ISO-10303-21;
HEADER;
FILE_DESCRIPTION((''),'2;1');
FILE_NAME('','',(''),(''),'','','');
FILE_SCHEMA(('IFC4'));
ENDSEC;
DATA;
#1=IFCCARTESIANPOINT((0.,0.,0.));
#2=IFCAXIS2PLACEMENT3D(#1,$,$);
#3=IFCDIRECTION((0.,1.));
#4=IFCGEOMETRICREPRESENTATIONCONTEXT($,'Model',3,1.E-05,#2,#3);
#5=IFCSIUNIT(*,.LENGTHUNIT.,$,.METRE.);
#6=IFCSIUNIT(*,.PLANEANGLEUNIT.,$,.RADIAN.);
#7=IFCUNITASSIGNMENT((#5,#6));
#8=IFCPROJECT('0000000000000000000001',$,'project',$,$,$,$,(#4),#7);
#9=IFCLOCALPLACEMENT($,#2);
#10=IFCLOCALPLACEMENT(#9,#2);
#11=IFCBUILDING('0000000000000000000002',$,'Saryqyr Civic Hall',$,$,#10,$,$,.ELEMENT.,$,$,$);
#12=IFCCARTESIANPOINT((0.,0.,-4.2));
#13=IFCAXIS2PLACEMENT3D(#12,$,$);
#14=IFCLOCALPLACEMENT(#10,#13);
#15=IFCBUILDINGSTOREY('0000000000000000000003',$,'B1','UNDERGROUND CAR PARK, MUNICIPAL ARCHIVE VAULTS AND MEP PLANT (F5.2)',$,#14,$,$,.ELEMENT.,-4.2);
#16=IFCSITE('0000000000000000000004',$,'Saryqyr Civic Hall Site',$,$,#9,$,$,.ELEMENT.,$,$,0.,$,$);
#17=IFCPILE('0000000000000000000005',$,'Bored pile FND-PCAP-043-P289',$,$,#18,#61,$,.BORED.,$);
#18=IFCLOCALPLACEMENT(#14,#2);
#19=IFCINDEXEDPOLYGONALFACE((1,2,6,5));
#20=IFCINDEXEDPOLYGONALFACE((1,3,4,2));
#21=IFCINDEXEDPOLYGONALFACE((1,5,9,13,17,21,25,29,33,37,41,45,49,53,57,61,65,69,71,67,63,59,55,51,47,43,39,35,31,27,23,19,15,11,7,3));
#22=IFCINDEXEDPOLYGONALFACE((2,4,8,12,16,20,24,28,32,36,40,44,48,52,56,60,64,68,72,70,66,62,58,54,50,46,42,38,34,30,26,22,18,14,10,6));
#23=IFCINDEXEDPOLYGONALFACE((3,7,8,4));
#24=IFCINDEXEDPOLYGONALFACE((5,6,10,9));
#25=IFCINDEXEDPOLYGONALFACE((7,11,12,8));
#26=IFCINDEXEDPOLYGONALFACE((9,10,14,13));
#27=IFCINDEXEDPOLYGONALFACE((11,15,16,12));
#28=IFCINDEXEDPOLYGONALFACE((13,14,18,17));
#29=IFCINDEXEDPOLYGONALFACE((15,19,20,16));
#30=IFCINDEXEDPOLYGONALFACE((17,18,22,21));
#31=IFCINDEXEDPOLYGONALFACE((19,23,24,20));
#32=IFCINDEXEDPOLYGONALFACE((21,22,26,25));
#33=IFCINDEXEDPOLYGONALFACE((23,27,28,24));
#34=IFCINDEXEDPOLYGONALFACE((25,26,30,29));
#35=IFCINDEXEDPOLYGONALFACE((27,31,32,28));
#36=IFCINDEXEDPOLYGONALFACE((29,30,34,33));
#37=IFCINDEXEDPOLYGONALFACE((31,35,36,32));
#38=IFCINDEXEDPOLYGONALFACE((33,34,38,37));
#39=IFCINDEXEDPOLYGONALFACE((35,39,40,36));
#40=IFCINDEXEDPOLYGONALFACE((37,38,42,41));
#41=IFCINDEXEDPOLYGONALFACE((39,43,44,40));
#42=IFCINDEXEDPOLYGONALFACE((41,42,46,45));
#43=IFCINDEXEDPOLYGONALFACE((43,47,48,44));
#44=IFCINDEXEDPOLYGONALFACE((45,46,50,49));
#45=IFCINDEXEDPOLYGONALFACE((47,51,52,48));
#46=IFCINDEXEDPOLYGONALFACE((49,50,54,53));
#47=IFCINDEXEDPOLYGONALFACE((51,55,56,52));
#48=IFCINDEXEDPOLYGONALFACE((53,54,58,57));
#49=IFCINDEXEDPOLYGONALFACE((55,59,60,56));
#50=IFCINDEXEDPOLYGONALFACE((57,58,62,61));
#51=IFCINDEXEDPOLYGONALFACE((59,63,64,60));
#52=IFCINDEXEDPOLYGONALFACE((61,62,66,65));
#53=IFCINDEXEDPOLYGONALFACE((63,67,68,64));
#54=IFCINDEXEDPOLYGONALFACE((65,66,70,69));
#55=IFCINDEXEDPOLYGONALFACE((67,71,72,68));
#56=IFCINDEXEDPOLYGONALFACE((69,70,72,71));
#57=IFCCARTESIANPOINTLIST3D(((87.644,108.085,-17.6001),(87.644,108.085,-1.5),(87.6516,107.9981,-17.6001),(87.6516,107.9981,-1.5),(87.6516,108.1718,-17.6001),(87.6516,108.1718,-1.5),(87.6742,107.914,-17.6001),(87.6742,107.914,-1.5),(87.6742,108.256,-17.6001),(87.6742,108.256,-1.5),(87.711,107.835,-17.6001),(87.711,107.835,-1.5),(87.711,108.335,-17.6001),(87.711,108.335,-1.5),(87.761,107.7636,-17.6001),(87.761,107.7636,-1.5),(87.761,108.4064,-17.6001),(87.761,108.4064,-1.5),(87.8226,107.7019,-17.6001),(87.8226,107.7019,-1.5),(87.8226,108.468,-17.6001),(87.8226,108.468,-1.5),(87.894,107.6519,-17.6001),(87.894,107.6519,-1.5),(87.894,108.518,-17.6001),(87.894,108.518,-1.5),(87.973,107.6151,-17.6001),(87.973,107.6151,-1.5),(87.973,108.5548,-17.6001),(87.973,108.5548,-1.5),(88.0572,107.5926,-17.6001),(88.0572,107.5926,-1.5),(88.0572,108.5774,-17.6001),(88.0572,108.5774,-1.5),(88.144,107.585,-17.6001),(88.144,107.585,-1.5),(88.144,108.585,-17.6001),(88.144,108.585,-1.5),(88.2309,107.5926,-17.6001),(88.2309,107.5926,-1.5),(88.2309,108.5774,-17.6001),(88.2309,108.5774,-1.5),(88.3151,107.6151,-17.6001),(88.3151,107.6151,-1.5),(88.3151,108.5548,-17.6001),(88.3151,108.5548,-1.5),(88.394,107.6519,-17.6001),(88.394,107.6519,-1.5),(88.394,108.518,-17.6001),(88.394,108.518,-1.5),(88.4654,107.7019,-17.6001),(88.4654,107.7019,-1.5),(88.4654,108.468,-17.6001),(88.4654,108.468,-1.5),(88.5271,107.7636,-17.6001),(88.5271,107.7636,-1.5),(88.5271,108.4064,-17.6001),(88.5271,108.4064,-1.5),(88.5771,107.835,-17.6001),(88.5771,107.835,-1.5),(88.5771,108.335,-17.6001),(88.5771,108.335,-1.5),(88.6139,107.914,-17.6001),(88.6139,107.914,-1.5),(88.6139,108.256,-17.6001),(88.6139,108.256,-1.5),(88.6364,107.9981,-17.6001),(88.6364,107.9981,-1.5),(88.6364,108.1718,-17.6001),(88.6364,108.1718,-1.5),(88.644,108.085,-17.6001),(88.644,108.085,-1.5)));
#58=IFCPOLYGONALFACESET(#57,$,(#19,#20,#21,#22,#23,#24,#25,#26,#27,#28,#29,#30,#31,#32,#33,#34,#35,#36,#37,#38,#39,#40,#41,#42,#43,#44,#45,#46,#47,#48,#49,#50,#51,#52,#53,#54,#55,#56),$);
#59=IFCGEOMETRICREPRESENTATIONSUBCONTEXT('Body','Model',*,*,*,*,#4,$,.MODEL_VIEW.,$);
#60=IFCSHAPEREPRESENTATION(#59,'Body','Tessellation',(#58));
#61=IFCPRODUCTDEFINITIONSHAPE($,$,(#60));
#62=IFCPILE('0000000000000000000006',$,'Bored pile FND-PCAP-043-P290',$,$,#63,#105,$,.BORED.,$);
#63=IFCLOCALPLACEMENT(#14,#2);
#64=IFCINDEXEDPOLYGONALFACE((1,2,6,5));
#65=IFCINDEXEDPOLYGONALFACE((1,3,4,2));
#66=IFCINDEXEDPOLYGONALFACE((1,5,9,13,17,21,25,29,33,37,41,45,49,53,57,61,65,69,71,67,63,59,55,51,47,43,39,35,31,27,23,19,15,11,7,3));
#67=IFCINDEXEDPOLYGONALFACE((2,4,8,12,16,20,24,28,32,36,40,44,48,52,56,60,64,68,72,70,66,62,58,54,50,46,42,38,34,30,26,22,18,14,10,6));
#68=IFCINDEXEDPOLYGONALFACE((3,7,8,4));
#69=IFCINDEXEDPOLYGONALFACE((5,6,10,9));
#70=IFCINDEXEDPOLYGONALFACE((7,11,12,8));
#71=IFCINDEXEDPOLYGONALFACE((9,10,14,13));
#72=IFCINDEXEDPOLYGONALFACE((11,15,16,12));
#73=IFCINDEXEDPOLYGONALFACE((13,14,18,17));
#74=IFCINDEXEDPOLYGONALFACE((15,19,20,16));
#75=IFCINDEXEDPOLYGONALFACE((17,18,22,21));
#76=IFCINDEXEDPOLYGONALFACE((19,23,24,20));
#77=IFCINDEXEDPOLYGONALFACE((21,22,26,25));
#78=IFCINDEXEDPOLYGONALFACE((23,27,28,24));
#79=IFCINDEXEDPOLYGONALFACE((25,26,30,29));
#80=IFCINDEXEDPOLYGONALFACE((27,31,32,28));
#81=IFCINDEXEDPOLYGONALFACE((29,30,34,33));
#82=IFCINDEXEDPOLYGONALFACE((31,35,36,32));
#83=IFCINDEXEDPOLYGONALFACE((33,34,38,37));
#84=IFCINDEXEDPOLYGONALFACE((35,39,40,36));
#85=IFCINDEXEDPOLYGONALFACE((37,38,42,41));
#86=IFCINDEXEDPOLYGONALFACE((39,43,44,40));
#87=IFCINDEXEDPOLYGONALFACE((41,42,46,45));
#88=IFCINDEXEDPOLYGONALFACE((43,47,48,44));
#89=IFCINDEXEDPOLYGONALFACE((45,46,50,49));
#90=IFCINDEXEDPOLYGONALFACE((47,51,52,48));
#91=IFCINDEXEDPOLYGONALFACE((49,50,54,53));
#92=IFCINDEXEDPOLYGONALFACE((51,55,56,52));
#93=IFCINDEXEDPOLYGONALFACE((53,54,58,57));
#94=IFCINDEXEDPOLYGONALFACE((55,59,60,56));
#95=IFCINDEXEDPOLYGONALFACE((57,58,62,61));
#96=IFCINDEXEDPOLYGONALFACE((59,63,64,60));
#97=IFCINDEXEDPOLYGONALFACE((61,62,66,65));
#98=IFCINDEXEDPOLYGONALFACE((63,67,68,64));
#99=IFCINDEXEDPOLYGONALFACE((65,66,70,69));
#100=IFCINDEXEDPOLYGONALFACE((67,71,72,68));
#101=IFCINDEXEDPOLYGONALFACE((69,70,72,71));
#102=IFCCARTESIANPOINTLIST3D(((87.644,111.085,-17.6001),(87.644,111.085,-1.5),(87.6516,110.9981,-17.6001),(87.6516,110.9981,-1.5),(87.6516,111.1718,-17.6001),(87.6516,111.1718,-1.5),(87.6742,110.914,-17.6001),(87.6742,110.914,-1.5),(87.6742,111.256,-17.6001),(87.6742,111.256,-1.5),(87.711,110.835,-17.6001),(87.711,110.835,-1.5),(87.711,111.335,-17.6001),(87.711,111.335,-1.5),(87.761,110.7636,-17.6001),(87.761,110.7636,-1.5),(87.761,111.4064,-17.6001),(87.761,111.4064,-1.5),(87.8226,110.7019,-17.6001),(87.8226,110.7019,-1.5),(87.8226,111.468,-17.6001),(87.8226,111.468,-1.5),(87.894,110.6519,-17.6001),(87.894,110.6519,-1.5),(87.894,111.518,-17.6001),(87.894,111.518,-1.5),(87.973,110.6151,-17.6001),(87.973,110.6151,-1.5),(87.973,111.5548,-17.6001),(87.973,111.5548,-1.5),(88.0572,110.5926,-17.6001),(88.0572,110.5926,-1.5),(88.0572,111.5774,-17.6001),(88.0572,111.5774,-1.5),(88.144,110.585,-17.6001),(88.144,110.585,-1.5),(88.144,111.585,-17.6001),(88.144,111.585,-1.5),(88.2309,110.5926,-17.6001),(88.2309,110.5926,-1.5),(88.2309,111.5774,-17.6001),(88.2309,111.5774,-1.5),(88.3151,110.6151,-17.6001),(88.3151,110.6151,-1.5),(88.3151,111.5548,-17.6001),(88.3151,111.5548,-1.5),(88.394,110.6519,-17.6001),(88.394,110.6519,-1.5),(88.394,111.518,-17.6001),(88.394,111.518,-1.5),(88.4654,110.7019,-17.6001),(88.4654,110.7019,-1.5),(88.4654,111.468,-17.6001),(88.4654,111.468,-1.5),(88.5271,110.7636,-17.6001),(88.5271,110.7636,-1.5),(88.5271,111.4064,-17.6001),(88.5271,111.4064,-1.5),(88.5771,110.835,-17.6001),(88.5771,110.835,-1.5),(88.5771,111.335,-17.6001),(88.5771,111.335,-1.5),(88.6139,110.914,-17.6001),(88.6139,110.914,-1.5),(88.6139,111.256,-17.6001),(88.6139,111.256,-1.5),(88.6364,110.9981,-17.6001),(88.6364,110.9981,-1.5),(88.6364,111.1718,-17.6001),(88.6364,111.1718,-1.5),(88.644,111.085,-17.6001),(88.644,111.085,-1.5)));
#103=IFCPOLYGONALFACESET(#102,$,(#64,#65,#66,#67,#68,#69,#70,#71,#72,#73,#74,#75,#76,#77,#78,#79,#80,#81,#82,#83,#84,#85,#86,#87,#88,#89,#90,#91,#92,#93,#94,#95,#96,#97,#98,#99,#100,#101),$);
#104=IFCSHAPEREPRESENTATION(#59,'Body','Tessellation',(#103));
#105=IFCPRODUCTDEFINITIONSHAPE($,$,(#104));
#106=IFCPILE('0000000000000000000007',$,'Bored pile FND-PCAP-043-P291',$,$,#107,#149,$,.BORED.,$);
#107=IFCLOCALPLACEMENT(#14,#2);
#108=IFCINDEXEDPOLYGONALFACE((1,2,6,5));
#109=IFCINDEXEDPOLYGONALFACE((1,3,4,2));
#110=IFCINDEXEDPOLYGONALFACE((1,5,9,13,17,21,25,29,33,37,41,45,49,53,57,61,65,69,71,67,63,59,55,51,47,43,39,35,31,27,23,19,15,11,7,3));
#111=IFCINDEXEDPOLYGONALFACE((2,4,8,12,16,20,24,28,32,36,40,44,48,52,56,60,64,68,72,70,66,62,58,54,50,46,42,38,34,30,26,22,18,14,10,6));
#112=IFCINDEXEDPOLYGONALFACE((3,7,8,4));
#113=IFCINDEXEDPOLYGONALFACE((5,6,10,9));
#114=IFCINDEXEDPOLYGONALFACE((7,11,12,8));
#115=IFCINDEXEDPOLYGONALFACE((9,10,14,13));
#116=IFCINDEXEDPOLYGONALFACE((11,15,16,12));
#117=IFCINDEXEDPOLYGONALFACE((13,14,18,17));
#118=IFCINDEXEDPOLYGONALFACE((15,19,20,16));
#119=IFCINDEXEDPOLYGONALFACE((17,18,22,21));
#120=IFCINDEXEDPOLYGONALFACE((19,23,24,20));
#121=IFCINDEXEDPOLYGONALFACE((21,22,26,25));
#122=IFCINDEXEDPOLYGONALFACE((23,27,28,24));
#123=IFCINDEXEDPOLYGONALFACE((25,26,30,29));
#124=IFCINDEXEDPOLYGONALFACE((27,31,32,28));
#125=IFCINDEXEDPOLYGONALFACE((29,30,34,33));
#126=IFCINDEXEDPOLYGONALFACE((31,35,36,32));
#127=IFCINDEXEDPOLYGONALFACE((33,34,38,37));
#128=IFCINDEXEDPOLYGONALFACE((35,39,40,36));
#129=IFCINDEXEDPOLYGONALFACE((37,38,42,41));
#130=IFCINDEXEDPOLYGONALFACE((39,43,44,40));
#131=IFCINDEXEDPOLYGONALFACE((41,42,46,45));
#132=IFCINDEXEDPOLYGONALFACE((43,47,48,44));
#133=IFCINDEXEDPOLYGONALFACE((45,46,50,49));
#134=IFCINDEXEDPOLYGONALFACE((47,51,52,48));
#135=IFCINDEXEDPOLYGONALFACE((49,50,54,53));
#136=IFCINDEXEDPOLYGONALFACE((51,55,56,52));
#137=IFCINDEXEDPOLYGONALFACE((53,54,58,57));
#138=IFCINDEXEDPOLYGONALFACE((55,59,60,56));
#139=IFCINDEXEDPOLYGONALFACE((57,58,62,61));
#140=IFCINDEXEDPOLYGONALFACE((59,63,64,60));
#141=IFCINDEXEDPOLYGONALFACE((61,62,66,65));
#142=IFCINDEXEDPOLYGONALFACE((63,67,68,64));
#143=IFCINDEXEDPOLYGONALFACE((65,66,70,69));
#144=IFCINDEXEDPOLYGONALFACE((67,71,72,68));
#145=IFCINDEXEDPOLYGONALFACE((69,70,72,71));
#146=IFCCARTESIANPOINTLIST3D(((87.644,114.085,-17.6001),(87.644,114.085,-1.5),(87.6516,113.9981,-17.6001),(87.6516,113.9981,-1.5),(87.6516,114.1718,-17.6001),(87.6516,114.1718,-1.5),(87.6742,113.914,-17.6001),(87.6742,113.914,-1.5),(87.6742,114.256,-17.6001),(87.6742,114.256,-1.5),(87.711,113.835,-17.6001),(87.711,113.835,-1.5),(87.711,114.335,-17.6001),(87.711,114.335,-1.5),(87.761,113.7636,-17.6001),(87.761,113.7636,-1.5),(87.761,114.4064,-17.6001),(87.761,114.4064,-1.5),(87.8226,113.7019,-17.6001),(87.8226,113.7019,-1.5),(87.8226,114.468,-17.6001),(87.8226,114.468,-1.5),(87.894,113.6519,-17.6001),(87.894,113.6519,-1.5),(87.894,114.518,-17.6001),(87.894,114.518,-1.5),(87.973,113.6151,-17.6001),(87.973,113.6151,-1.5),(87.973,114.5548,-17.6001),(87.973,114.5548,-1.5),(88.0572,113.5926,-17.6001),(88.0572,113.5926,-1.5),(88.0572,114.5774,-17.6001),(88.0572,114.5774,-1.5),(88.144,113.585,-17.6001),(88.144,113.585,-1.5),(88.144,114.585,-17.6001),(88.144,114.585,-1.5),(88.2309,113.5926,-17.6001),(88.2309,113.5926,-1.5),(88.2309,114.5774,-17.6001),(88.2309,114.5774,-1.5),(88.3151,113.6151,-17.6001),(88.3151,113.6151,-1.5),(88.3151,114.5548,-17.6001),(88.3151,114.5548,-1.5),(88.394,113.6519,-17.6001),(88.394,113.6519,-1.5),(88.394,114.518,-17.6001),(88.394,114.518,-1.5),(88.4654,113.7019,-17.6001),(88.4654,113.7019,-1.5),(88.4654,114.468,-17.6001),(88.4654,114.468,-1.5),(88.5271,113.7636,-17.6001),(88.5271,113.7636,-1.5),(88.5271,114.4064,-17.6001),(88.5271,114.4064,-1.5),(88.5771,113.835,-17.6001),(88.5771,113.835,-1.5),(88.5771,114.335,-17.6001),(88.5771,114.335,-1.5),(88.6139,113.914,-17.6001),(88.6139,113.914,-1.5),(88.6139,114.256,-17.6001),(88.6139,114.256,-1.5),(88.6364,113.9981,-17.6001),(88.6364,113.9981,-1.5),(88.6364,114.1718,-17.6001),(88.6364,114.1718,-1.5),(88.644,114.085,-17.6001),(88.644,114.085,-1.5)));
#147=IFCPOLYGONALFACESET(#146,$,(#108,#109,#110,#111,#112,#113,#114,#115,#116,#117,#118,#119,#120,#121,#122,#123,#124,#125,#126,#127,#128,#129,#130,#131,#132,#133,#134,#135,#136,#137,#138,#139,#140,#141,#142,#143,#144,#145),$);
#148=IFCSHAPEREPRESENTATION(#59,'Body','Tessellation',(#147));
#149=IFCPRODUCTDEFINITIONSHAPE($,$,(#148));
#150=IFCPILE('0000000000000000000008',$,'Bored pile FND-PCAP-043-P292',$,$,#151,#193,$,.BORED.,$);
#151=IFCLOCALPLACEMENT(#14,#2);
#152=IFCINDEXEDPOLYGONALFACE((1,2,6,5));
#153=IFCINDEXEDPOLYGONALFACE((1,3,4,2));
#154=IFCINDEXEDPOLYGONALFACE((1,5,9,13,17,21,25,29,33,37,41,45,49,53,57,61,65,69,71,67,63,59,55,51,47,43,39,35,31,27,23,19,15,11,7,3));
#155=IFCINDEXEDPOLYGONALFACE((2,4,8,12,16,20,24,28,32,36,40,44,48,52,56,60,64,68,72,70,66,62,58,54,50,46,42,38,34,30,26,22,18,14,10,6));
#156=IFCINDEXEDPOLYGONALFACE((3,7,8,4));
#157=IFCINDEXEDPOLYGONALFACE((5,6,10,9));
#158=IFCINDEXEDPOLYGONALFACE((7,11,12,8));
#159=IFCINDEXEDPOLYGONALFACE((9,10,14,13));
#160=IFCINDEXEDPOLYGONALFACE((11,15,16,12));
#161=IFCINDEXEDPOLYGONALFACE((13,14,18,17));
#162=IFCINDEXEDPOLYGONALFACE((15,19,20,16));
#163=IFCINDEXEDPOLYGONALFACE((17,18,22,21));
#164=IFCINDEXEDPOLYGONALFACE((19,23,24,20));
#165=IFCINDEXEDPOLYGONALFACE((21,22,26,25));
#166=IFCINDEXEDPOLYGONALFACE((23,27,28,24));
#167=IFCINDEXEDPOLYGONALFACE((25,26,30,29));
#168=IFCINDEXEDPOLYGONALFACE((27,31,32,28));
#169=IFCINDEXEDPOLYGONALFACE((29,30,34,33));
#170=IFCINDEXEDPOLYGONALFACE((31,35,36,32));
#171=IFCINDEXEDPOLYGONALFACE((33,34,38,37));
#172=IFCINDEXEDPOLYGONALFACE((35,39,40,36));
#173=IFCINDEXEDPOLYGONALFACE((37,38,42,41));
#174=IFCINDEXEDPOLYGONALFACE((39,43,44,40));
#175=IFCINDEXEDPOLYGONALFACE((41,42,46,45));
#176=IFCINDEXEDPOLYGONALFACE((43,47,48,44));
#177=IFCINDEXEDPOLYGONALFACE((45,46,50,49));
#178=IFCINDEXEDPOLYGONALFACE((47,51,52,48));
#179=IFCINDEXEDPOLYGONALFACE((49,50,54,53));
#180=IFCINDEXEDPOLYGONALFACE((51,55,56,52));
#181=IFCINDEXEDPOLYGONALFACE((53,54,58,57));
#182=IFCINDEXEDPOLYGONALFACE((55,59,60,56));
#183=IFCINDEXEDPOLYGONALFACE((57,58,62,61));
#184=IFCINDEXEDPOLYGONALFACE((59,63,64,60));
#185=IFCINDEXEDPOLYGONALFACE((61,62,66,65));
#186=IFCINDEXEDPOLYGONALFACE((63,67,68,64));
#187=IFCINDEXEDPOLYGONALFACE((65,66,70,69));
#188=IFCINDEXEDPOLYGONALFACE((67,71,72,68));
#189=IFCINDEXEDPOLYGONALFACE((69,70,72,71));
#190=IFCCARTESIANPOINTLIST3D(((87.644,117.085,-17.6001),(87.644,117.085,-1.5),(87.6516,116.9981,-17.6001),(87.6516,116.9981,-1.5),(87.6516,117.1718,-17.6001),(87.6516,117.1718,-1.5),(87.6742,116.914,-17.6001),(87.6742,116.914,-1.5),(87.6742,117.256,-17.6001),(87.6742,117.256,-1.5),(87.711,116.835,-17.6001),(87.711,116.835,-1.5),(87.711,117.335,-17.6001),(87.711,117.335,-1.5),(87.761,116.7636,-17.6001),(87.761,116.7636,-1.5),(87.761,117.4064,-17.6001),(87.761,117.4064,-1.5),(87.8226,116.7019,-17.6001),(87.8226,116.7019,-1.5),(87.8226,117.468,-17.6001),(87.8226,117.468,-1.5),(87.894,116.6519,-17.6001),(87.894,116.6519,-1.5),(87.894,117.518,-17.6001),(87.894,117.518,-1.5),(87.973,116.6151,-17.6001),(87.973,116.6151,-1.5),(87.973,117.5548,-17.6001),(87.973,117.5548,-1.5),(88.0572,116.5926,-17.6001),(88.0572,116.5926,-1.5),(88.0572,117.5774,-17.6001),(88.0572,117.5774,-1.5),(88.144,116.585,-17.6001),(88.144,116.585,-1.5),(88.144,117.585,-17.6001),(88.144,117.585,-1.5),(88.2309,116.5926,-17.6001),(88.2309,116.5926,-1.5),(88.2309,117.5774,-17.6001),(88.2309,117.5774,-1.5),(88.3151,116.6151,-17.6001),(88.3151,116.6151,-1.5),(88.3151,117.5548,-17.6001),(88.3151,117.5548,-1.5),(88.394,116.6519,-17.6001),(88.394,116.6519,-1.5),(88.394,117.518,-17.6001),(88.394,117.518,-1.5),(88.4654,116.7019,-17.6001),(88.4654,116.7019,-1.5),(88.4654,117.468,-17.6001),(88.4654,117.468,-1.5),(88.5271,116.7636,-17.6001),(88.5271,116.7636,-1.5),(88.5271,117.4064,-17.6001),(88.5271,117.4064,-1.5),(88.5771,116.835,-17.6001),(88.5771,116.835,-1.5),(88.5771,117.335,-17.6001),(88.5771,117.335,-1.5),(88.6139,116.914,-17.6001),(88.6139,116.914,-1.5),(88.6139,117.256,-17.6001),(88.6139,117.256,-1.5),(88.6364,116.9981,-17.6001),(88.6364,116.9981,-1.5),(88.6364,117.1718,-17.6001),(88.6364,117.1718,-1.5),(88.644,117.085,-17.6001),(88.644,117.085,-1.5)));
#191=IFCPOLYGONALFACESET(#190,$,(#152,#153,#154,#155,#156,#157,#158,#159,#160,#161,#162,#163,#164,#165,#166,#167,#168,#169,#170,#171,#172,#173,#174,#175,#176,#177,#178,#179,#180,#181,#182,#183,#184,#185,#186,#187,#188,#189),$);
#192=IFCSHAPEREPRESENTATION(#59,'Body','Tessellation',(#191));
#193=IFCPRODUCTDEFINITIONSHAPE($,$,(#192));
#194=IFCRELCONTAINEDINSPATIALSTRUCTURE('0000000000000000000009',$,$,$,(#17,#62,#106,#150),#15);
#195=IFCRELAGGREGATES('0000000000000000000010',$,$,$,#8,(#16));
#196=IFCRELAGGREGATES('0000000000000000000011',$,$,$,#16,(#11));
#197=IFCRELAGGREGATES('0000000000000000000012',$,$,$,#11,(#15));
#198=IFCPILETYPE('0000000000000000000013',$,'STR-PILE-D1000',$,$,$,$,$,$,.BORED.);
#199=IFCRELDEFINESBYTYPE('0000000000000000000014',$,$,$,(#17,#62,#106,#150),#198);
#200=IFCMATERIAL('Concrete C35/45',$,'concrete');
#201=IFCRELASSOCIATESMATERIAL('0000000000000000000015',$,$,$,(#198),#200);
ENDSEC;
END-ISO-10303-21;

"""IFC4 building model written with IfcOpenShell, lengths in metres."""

from ifc_helpers import new_model, si_unit, direction, frame, origin, origin_2d, place, context, subcontext, project, spatial, circle, extrude, material, material_profile, profile_set, type_object, element, save


model = new_model("IFC4")

# Units and contexts
model_context = context("Model", 3, precision=1e-05, world=origin(), true_north=direction((0.0, 1.0)))
body_context = subcontext(model_context, "Body", "Model", "MODEL_VIEW")
ifc_project = project(units=[si_unit("LENGTHUNIT", "METRE"), si_unit("PLANEANGLEUNIT", "RADIAN")], contexts=[model_context])

# Site, building, storey
site_placement = place(None, origin())
site = spatial("IfcSite", under=ifc_project, at=site_placement, Name="Saryqyr Civic Hall Site", CompositionType="ELEMENT", RefElevation=0.0)
building_placement = place(site_placement, origin())
building = spatial("IfcBuilding", under=site, at=building_placement, Name="Saryqyr Civic Hall", CompositionType="ELEMENT")
storey_placement = place(building_placement, frame((0.0, 0.0, -4.2)))
storey = spatial("IfcBuildingStorey", under=building, at=storey_placement, Name="B1", Description="UNDERGROUND CAR PARK, MUNICIPAL ARCHIVE VAULTS AND MEP PLANT (F5.2)", CompositionType="ELEMENT", Elevation=-4.2)

# Piles
ifc_material_1 = material(Name="Concrete C35/45", Category="concrete")
ifc_material_profile_1 = material_profile(ifc_material_1, circle(Radius=0.5, at=origin_2d()), Name="BORED PILE D1000")
ifc_profile_set_1 = profile_set([ifc_material_profile_1], Name="Concrete C35/45")
pile_type = type_object("IfcPileType", Name="STR-PILE-D1000", PredefinedType="BORED", material=ifc_profile_set_1)
for number, where, z_axis, x_axis, name in (
    (1, (88.144, 108.085, -1.5), (0.0, 0.0, -1.0), (1.0, 0.0, 0.0), "Bored pile FND-PCAP-043-P289"),
    (2, (88.144, 111.085, -1.5), (0.0, 0.0, -1.0), (1.0, 0.0, 0.0), "Bored pile FND-PCAP-043-P290"),
    (3, (88.144, 114.085, -1.5), (0.0, 0.0, -1.0), (1.0, 0.0, 0.0), "Bored pile FND-PCAP-043-P291"),
    (4, (88.144, 117.085, -1.5), (0.0, 0.0, -1.0), (1.0, 0.0, 0.0), "Bored pile FND-PCAP-043-P292"),
):
    element("IfcPile", number, at=place(storey_placement, frame(where, z_axis=z_axis, x_axis=x_axis)), inside=storey, type_object=pile_type, Name=name, PredefinedType="BORED", context=body_context, shape_type="SweptSolid", body=[
        extrude(circle(Radius=0.5, at=origin_2d()), origin(), (0.0, 0.0, 1.0), 16.1001),
    ])

save(model, "model.ifc")
